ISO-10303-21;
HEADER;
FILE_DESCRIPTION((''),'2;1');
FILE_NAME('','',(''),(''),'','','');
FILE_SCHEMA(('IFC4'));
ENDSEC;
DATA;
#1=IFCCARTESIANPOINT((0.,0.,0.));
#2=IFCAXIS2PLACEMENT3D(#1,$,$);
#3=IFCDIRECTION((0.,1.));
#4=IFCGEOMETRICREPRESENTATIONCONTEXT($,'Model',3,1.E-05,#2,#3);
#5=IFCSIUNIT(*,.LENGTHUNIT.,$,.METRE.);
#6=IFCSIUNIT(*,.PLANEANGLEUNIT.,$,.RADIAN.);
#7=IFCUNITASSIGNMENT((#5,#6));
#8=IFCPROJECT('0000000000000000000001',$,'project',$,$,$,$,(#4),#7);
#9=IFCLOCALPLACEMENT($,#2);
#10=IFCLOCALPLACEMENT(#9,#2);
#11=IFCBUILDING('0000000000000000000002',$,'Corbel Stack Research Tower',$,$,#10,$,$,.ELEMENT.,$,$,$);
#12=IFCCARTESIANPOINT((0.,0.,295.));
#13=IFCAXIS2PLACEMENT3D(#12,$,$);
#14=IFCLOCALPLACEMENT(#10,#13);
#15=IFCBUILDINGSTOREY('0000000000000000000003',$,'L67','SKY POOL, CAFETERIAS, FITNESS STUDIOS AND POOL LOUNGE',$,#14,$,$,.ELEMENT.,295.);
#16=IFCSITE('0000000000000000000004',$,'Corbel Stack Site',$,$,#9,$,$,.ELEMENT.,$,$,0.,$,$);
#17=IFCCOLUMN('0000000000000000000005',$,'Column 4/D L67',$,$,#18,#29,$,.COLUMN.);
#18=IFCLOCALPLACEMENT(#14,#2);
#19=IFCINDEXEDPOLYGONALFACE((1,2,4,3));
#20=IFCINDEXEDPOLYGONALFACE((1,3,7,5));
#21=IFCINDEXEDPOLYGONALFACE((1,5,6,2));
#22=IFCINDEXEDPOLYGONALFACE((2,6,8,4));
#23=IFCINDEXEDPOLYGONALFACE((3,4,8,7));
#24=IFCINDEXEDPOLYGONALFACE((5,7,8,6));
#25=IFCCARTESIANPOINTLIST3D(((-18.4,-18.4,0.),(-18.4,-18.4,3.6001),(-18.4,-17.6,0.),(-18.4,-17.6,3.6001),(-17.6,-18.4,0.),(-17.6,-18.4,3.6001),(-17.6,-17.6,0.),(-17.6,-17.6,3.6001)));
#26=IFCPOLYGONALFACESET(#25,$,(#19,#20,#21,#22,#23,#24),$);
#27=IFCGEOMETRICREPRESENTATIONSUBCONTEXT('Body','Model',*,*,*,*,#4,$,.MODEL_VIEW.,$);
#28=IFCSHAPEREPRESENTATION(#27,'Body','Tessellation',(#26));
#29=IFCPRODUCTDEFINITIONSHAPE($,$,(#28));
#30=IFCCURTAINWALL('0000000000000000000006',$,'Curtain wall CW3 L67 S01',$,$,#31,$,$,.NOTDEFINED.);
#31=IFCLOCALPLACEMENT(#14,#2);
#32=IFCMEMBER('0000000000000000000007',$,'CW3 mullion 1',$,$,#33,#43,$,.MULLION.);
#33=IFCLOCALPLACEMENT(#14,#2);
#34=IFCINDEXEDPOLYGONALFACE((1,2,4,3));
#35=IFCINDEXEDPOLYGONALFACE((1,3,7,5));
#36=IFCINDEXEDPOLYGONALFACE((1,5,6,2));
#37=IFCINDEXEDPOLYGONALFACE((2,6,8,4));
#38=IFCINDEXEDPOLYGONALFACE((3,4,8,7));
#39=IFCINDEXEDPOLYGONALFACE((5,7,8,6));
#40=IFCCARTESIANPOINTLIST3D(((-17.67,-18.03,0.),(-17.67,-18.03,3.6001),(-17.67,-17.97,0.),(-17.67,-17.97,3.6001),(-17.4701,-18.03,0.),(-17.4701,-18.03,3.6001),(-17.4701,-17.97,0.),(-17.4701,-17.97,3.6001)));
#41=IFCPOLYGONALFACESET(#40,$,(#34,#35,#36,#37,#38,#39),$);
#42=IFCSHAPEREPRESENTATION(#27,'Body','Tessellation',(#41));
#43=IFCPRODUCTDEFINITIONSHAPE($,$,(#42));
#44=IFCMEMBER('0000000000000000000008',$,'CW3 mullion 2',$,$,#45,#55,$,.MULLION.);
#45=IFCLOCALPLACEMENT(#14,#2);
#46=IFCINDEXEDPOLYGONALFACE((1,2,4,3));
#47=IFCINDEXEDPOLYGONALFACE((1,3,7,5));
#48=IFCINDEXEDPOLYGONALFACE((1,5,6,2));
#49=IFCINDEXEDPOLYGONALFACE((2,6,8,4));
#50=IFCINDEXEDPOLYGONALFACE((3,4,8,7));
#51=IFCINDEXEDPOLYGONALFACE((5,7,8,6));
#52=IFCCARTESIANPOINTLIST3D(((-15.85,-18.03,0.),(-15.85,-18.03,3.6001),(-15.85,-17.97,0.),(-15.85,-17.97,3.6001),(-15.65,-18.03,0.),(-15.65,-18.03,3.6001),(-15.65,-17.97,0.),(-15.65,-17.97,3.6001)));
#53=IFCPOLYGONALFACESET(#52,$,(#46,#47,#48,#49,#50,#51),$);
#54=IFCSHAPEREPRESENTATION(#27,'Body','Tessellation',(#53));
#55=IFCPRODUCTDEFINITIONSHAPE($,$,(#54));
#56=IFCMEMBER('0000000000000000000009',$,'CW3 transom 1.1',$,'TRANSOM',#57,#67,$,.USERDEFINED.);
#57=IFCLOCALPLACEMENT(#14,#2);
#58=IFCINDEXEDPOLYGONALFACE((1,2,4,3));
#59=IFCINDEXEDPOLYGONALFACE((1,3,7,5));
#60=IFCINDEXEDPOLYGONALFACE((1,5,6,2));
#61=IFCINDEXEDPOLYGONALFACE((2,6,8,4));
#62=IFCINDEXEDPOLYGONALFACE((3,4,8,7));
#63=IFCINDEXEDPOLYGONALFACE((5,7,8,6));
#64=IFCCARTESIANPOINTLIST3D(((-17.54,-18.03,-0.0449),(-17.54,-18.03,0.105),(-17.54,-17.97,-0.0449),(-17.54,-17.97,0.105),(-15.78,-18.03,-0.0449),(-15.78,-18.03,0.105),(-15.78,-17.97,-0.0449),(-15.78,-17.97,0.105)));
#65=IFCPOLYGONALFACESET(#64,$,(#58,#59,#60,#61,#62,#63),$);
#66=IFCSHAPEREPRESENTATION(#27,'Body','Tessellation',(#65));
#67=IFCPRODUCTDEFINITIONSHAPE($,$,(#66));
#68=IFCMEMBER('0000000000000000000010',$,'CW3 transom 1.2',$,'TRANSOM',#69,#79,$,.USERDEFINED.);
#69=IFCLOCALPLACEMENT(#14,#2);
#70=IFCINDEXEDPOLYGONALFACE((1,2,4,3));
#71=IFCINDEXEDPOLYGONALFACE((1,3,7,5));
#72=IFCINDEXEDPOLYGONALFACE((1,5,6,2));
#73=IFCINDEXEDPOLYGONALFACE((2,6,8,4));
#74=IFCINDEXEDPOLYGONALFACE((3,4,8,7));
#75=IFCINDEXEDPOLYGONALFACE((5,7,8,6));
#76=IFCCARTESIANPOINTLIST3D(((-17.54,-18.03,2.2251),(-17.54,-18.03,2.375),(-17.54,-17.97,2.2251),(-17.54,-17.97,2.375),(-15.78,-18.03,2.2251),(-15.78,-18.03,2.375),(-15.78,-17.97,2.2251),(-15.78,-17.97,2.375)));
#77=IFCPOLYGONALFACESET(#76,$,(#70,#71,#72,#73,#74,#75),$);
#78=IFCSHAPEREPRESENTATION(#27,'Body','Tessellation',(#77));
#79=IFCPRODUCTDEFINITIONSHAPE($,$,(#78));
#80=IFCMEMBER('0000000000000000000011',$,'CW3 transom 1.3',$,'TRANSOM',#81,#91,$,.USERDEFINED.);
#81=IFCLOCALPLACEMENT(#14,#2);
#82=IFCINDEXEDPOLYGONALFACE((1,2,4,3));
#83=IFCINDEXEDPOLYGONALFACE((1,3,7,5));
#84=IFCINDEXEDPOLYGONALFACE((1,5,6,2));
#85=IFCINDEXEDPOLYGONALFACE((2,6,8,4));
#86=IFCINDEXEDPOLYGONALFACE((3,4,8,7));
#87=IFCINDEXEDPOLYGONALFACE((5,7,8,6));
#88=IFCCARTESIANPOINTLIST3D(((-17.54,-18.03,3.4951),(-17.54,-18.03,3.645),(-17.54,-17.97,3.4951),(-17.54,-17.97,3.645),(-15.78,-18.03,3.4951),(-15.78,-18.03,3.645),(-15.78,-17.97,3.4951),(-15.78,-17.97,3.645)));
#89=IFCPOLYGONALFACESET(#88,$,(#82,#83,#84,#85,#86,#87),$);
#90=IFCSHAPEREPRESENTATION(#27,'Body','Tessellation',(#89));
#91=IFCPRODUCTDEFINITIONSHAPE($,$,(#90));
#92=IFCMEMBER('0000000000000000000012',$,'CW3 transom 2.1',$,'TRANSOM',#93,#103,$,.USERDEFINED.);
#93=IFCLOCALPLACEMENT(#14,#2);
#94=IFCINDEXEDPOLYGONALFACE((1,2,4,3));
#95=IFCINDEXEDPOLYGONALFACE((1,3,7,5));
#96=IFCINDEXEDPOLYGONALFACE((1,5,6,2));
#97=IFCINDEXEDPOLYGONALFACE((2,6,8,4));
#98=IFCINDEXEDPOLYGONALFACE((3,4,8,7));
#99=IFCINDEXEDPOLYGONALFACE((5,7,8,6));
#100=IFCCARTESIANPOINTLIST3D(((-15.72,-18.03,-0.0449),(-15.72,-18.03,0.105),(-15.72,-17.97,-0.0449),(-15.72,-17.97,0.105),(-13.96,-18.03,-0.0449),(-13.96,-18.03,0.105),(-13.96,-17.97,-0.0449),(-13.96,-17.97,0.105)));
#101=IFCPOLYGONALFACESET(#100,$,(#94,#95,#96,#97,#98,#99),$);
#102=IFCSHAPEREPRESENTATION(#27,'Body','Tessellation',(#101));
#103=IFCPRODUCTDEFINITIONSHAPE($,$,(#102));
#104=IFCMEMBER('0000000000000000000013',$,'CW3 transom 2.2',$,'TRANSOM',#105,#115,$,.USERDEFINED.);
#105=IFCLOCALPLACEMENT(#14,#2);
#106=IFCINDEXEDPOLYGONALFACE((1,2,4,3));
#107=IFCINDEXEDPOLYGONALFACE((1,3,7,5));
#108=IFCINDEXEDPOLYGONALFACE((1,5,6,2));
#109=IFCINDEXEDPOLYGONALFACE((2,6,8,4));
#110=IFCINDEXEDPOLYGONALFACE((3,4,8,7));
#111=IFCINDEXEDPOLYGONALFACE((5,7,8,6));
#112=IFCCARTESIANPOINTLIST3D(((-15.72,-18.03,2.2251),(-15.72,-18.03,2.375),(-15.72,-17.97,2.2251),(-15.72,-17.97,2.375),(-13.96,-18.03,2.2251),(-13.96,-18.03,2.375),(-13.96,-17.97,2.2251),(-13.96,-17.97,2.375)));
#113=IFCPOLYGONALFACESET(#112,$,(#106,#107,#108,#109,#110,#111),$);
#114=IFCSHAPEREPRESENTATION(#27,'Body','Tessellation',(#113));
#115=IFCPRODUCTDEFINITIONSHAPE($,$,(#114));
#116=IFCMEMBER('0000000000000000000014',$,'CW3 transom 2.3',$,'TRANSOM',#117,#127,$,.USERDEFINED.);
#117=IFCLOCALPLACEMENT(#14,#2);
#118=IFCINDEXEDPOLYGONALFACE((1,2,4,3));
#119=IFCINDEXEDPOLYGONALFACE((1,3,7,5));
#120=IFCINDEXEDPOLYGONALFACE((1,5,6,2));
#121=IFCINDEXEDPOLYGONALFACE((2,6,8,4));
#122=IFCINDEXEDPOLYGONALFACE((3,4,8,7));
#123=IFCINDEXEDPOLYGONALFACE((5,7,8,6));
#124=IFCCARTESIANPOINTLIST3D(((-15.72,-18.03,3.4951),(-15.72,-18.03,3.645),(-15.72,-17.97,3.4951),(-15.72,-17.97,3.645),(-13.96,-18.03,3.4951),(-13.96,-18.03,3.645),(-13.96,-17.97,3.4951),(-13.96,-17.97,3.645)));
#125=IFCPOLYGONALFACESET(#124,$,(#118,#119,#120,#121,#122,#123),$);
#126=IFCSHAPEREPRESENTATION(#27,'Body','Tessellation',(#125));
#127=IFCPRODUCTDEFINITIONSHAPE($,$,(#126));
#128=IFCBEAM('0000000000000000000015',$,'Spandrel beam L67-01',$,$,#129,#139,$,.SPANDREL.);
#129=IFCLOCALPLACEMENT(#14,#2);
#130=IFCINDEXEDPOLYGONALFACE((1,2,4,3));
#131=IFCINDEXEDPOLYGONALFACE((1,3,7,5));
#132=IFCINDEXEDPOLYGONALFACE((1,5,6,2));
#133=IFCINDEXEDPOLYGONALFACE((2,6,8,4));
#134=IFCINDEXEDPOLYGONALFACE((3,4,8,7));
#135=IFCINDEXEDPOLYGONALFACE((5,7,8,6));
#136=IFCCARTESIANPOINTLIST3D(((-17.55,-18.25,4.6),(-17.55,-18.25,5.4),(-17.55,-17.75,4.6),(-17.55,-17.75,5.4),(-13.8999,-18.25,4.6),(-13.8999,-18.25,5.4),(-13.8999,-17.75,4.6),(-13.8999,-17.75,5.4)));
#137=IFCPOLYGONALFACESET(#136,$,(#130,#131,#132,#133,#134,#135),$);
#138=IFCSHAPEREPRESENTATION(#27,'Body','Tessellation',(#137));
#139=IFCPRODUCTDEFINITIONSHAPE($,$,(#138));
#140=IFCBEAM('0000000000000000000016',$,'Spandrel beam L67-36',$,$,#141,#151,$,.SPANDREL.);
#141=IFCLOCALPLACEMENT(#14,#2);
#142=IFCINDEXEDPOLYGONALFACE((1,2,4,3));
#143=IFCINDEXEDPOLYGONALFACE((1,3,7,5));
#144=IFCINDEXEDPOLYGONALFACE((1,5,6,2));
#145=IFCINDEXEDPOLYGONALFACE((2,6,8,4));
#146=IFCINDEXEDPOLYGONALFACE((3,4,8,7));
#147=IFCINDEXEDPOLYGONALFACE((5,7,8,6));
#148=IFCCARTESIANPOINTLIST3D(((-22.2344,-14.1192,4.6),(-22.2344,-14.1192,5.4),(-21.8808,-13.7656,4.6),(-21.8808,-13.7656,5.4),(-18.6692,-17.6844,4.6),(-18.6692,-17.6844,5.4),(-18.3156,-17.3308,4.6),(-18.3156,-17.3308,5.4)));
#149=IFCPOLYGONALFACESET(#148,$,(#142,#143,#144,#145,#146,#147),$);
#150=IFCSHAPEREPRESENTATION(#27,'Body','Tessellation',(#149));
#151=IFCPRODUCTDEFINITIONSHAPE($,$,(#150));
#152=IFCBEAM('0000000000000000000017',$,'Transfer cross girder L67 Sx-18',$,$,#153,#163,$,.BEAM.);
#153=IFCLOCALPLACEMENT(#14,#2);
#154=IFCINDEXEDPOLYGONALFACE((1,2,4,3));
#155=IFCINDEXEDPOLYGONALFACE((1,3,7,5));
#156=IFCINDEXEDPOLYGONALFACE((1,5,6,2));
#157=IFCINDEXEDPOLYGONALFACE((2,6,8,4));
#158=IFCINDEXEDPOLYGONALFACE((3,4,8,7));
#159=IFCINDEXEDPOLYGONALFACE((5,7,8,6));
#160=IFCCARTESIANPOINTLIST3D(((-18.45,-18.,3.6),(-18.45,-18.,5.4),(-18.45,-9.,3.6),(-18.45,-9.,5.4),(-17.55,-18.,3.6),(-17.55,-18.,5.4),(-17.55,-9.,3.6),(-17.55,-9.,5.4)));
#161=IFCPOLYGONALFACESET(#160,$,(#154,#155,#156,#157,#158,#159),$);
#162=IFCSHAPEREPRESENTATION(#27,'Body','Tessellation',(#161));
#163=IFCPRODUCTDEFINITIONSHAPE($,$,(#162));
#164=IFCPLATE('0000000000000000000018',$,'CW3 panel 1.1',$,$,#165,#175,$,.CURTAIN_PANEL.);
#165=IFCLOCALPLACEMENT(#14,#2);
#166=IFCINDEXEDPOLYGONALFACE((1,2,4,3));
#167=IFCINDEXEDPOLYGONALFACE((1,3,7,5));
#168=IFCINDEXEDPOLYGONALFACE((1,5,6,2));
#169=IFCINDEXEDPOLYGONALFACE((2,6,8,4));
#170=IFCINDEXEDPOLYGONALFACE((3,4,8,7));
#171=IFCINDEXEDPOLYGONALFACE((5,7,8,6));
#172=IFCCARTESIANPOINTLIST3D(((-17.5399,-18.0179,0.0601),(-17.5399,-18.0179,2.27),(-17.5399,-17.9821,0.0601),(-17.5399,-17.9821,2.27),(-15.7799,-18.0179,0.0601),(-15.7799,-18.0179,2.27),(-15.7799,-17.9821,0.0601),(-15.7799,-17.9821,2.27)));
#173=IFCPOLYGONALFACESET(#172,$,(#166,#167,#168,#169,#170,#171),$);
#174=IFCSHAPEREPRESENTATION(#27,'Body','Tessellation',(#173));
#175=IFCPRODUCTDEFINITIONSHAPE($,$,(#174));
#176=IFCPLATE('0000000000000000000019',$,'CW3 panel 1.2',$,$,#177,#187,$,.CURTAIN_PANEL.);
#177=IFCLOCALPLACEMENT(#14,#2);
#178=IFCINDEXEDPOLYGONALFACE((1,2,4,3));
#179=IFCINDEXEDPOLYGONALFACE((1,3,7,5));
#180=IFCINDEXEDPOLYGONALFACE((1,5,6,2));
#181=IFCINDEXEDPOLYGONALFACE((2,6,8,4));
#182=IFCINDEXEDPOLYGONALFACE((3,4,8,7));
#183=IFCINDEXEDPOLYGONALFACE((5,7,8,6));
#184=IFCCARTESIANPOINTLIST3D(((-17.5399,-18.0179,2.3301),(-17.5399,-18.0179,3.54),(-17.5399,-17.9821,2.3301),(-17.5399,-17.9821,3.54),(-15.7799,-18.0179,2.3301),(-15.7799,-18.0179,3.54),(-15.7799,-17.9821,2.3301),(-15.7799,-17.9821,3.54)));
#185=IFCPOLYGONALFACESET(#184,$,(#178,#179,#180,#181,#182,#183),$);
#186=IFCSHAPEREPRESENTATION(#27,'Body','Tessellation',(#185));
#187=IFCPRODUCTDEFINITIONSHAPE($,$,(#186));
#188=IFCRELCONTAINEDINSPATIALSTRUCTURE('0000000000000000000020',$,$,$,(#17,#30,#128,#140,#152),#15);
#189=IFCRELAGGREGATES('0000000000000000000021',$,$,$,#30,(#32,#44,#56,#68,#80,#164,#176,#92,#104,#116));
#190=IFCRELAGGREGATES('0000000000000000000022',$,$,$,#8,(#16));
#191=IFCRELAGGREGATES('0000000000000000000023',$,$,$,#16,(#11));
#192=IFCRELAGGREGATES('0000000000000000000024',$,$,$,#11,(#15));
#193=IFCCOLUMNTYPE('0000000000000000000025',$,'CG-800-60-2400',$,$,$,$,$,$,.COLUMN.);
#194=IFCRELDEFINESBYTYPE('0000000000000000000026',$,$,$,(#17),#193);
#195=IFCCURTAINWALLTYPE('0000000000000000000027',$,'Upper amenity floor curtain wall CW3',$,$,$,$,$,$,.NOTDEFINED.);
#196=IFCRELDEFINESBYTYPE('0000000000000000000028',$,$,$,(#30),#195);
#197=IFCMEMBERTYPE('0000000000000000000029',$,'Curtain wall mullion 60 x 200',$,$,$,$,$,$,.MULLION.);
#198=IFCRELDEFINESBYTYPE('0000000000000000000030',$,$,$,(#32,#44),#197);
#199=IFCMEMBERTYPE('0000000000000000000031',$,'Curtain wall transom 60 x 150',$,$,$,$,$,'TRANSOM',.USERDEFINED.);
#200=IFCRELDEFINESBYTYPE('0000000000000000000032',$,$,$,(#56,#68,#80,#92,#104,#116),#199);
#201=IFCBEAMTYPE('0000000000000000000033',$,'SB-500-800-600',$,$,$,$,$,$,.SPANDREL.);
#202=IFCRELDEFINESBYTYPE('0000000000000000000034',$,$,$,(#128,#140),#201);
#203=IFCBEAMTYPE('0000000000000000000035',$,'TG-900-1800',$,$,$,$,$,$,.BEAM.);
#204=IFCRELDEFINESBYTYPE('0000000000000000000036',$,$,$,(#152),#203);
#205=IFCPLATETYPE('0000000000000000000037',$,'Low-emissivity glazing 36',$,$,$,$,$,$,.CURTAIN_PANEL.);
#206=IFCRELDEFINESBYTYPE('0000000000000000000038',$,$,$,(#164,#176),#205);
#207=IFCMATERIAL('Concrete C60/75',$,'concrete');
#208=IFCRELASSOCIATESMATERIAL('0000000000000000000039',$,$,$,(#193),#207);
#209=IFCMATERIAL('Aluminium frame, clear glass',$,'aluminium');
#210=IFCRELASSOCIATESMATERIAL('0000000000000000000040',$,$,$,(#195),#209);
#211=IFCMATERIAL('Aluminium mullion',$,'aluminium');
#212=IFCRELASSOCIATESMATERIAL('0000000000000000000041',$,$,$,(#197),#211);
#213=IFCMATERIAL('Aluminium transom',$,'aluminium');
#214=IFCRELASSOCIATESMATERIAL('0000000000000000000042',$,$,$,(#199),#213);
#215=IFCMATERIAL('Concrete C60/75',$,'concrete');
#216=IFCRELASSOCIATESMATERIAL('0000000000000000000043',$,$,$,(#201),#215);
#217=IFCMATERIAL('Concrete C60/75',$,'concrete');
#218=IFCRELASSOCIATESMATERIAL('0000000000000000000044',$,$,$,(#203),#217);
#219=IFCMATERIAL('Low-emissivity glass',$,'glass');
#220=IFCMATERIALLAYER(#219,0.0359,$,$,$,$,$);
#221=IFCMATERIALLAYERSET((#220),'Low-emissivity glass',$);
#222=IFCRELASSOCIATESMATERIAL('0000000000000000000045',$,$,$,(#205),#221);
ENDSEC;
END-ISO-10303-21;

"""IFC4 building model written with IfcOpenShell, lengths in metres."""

from ifc_helpers import new_model, si_unit, direction, frame, origin, origin_2d, place, context, subcontext, project, spatial, rectangle, extrude, material, layer, layer_set, material_profile, profile_set, type_object, element, aggregate, save


model = new_model("IFC4")

# Units and contexts
model_context = context("Model", 3, precision=1e-05, world=origin(), true_north=direction((0.0, 1.0)))
body_context = subcontext(model_context, "Body", "Model", "MODEL_VIEW")
ifc_project = project(units=[si_unit("LENGTHUNIT", "METRE"), si_unit("PLANEANGLEUNIT", "RADIAN")], contexts=[model_context])

# Site, building, storey
site_placement = place(None, origin())
site = spatial("IfcSite", under=ifc_project, at=site_placement, Name="Corbel Stack Site", CompositionType="ELEMENT", RefElevation=0.0)
building_placement = place(site_placement, origin())
building = spatial("IfcBuilding", under=site, at=building_placement, Name="Corbel Stack Research Tower", CompositionType="ELEMENT")
storey_placement = place(building_placement, frame((0.0, 0.0, 295.0)))
storey = spatial("IfcBuildingStorey", under=building, at=storey_placement, Name="L67", Description="SKY POOL, CAFETERIAS, FITNESS STUDIOS AND POOL LOUNGE", CompositionType="ELEMENT", Elevation=295.0)

# Column
ifc_material_1 = material(Name="Concrete C60/75", Category="concrete")
ifc_material_profile_1 = material_profile(ifc_material_1, rectangle(XDim=0.8, YDim=0.8, at=origin_2d()), Name="RC 800 x 800")
ifc_profile_set_1 = profile_set([ifc_material_profile_1], Name="Concrete C60/75")
column_type = type_object("IfcColumnType", Name="CG-800-60-2400", PredefinedType="COLUMN", material=ifc_profile_set_1)
column_placement = place(storey_placement, frame((-18.0, -18.0, 0.0), z_axis=(0.0, 0.0, 1.0), x_axis=(1.0, 0.0, 0.0)))
element("IfcColumn", 1, at=column_placement, inside=storey, type_object=column_type, Name="Column 4/D L67", PredefinedType="COLUMN", context=body_context, shape_type="SweptSolid", body=[
    extrude(rectangle(XDim=0.8, YDim=0.8, at=origin_2d()), origin(), (0.0, 0.0, 1.0), 3.6001),
])

# Curtain wall, members
ifc_material_2 = material(Name="Aluminium frame, clear glass", Category="aluminium")
curtain_wall_type = type_object("IfcCurtainWallType", Name="Upper amenity floor curtain wall CW3", PredefinedType="NOTDEFINED", material=ifc_material_2)
curtain_wall_placement = place(storey_placement, origin())
curtain_wall = element("IfcCurtainWall", 2, at=curtain_wall_placement, inside=storey, type_object=curtain_wall_type, Name="Curtain wall CW3 L67 S01", PredefinedType="NOTDEFINED")
ifc_material_3 = material(Name="Aluminium mullion", Category="aluminium")
ifc_material_profile_2 = material_profile(ifc_material_3, rectangle(XDim=0.0601, YDim=0.2, at=origin_2d()), Name="Mullion 60 x 200")
ifc_profile_set_2 = profile_set([ifc_material_profile_2], Name="Aluminium mullion")
member_type_1 = type_object("IfcMemberType", Name="Curtain wall mullion 60 x 200", PredefinedType="MULLION", material=ifc_profile_set_2)
member_1_placement = place(storey_placement, frame((-17.5701, -18.0, 0.0), z_axis=(0.0, 0.0, 1.0), x_axis=(0.0, 1.0, 0.0)))
member_1 = element("IfcMember", 3, at=member_1_placement, type_object=member_type_1, Name="CW3 mullion 1", PredefinedType="MULLION", context=body_context, shape_type="SweptSolid", body=[
    extrude(rectangle(XDim=0.0601, YDim=0.2, at=origin_2d()), origin(), (0.0, 0.0, 1.0), 3.6001),
])
member_2_placement = place(storey_placement, frame((-15.75, -18.0, 0.0), z_axis=(0.0, 0.0, 1.0), x_axis=(0.0, 1.0, 0.0)))
member_2 = element("IfcMember", 4, at=member_2_placement, type_object=member_type_1, Name="CW3 mullion 2", PredefinedType="MULLION", context=body_context, shape_type="SweptSolid", body=[
    extrude(rectangle(XDim=0.0601, YDim=0.2, at=origin_2d()), origin(), (0.0, 0.0, 1.0), 3.6001),
])
ifc_material_4 = material(Name="Aluminium transom", Category="aluminium")
ifc_material_profile_3 = material_profile(ifc_material_4, rectangle(XDim=0.0601, YDim=0.1499, at=origin_2d()), Name="Transom 60 x 150")
ifc_profile_set_3 = profile_set([ifc_material_profile_3], Name="Aluminium transom")
member_type_2 = type_object("IfcMemberType", Name="Curtain wall transom 60 x 150", ElementType="TRANSOM", PredefinedType="USERDEFINED", material=ifc_profile_set_3)
member_3_placement = place(storey_placement, frame((-17.54, -18.0, 0.03), z_axis=(1.0, 0.0, 0.0), x_axis=(0.0, 1.0, 0.0)))
member_3 = element("IfcMember", 5, at=member_3_placement, type_object=member_type_2, Name="CW3 transom 1.1", ObjectType="TRANSOM", PredefinedType="USERDEFINED", context=body_context, shape_type="SweptSolid", body=[
    extrude(rectangle(XDim=0.0601, YDim=0.1499, at=origin_2d()), origin(), (0.0, 0.0, 1.0), 1.76),
])
member_4_placement = place(storey_placement, frame((-17.54, -18.0, 2.3), z_axis=(1.0, 0.0, 0.0), x_axis=(0.0, 1.0, 0.0)))
member_4 = element("IfcMember", 6, at=member_4_placement, type_object=member_type_2, Name="CW3 transom 1.2", ObjectType="TRANSOM", PredefinedType="USERDEFINED", context=body_context, shape_type="SweptSolid", body=[
    extrude(rectangle(XDim=0.0601, YDim=0.1499, at=origin_2d()), origin(), (0.0, 0.0, 1.0), 1.76),
])
member_5_placement = place(storey_placement, frame((-17.54, -18.0, 3.5701), z_axis=(1.0, 0.0, 0.0), x_axis=(0.0, 1.0, 0.0)))
member_5 = element("IfcMember", 7, at=member_5_placement, type_object=member_type_2, Name="CW3 transom 1.3", ObjectType="TRANSOM", PredefinedType="USERDEFINED", context=body_context, shape_type="SweptSolid", body=[
    extrude(rectangle(XDim=0.0601, YDim=0.1499, at=origin_2d()), origin(), (0.0, 0.0, 1.0), 1.76),
])
member_6_placement = place(storey_placement, frame((-15.72, -18.0, 0.03), z_axis=(1.0, 0.0, 0.0), x_axis=(0.0, 1.0, 0.0)))
member_6 = element("IfcMember", 8, at=member_6_placement, type_object=member_type_2, Name="CW3 transom 2.1", ObjectType="TRANSOM", PredefinedType="USERDEFINED", context=body_context, shape_type="SweptSolid", body=[
    extrude(rectangle(XDim=0.0601, YDim=0.1499, at=origin_2d()), origin(), (0.0, 0.0, 1.0), 1.76),
])
member_7_placement = place(storey_placement, frame((-15.72, -18.0, 2.3), z_axis=(1.0, 0.0, 0.0), x_axis=(0.0, 1.0, 0.0)))
member_7 = element("IfcMember", 9, at=member_7_placement, type_object=member_type_2, Name="CW3 transom 2.2", ObjectType="TRANSOM", PredefinedType="USERDEFINED", context=body_context, shape_type="SweptSolid", body=[
    extrude(rectangle(XDim=0.0601, YDim=0.1499, at=origin_2d()), origin(), (0.0, 0.0, 1.0), 1.76),
])
member_8_placement = place(storey_placement, frame((-15.72, -18.0, 3.5701), z_axis=(1.0, 0.0, 0.0), x_axis=(0.0, 1.0, 0.0)))
member_8 = element("IfcMember", 10, at=member_8_placement, type_object=member_type_2, Name="CW3 transom 2.3", ObjectType="TRANSOM", PredefinedType="USERDEFINED", context=body_context, shape_type="SweptSolid", body=[
    extrude(rectangle(XDim=0.0601, YDim=0.1499, at=origin_2d()), origin(), (0.0, 0.0, 1.0), 1.76),
])

# Beams
ifc_material_5 = material(Name="Concrete C60/75", Category="concrete")
ifc_material_profile_4 = material_profile(ifc_material_5, rectangle(XDim=0.5, YDim=0.8, at=origin_2d()), Name="RC 500 x 800")
ifc_profile_set_4 = profile_set([ifc_material_profile_4], Name="Concrete C60/75")
beam_type_1 = type_object("IfcBeamType", Name="SB-500-800-600", PredefinedType="SPANDREL", material=ifc_profile_set_4)
beam_1_placement = place(storey_placement, frame((-17.55, -18.0, 5.0), z_axis=(1.0, 0.0, 0.0), x_axis=(0.0, 1.0, 0.0)))
element("IfcBeam", 11, at=beam_1_placement, inside=storey, type_object=beam_type_1, Name="Spandrel beam L67-01", PredefinedType="SPANDREL", context=body_context, shape_type="SweptSolid", body=[
    extrude(rectangle(XDim=0.5, YDim=0.8, at=origin_2d()), origin(), (0.0, 0.0, 1.0), 3.6501),
])
beam_2_placement = place(storey_placement, frame((-22.0576, -13.9424, 5.0), z_axis=(0.707107, -0.707107, 0.0), x_axis=(0.707107, 0.707107, 0.0)))
element("IfcBeam", 12, at=beam_2_placement, inside=storey, type_object=beam_type_1, Name="Spandrel beam L67-36", PredefinedType="SPANDREL", context=body_context, shape_type="SweptSolid", body=[
    extrude(rectangle(XDim=0.5, YDim=0.8, at=origin_2d()), origin(), (0.0, 0.0, 1.0), 5.042),
])
ifc_material_6 = material(Name="Concrete C60/75", Category="concrete")
ifc_material_profile_5 = material_profile(ifc_material_6, rectangle(XDim=0.8999, YDim=1.8, at=origin_2d()), Name="RC 900 x 1800")
ifc_profile_set_5 = profile_set([ifc_material_profile_5], Name="Concrete C60/75")
beam_type_2 = type_object("IfcBeamType", Name="TG-900-1800", PredefinedType="BEAM", material=ifc_profile_set_5)
beam_3_placement = place(storey_placement, frame((-18.0, -18.0, 4.5), z_axis=(0.0, 1.0, 0.0), x_axis=(-1.0, 0.0, 0.0)))
element("IfcBeam", 13, at=beam_3_placement, inside=storey, type_object=beam_type_2, Name="Transfer cross girder L67 Sx-18", PredefinedType="BEAM", context=body_context, shape_type="SweptSolid", body=[
    extrude(rectangle(XDim=0.8999, YDim=1.8, at=origin_2d()), origin(), (0.0, 0.0, 1.0), 9.0),
])

# Plates
ifc_material_7 = material(Name="Low-emissivity glass", Category="glass")
ifc_layer_1 = layer(ifc_material_7, 0.0359)
ifc_layer_set_1 = layer_set([ifc_layer_1], Name="Low-emissivity glass")
plate_type = type_object("IfcPlateType", Name="Low-emissivity glazing 36", PredefinedType="CURTAIN_PANEL", material=ifc_layer_set_1)
plate_1_placement = place(storey_placement, frame((-16.6599, -18.0, 0.0601), z_axis=(0.0, 0.0, 1.0), x_axis=(1.0, 0.0, 0.0)))
plate_1 = element("IfcPlate", 14, at=plate_1_placement, type_object=plate_type, Name="CW3 panel 1.1", PredefinedType="CURTAIN_PANEL", context=body_context, shape_type="SweptSolid", body=[
    extrude(rectangle(XDim=1.76, YDim=0.0359, at=origin_2d()), origin(), (0.0, 0.0, 1.0), 2.21),
])
plate_2_placement = place(storey_placement, frame((-16.6599, -18.0, 2.3301), z_axis=(0.0, 0.0, 1.0), x_axis=(1.0, 0.0, 0.0)))
plate_2 = element("IfcPlate", 15, at=plate_2_placement, type_object=plate_type, Name="CW3 panel 1.2", PredefinedType="CURTAIN_PANEL", context=body_context, shape_type="SweptSolid", body=[
    extrude(rectangle(XDim=1.76, YDim=0.0359, at=origin_2d()), origin(), (0.0, 0.0, 1.0), 1.21),
])
aggregate(curtain_wall, [member_1, member_2, member_3, member_4, member_5, plate_1, plate_2, member_6, member_7, member_8])

save(model, "model.ifc")
